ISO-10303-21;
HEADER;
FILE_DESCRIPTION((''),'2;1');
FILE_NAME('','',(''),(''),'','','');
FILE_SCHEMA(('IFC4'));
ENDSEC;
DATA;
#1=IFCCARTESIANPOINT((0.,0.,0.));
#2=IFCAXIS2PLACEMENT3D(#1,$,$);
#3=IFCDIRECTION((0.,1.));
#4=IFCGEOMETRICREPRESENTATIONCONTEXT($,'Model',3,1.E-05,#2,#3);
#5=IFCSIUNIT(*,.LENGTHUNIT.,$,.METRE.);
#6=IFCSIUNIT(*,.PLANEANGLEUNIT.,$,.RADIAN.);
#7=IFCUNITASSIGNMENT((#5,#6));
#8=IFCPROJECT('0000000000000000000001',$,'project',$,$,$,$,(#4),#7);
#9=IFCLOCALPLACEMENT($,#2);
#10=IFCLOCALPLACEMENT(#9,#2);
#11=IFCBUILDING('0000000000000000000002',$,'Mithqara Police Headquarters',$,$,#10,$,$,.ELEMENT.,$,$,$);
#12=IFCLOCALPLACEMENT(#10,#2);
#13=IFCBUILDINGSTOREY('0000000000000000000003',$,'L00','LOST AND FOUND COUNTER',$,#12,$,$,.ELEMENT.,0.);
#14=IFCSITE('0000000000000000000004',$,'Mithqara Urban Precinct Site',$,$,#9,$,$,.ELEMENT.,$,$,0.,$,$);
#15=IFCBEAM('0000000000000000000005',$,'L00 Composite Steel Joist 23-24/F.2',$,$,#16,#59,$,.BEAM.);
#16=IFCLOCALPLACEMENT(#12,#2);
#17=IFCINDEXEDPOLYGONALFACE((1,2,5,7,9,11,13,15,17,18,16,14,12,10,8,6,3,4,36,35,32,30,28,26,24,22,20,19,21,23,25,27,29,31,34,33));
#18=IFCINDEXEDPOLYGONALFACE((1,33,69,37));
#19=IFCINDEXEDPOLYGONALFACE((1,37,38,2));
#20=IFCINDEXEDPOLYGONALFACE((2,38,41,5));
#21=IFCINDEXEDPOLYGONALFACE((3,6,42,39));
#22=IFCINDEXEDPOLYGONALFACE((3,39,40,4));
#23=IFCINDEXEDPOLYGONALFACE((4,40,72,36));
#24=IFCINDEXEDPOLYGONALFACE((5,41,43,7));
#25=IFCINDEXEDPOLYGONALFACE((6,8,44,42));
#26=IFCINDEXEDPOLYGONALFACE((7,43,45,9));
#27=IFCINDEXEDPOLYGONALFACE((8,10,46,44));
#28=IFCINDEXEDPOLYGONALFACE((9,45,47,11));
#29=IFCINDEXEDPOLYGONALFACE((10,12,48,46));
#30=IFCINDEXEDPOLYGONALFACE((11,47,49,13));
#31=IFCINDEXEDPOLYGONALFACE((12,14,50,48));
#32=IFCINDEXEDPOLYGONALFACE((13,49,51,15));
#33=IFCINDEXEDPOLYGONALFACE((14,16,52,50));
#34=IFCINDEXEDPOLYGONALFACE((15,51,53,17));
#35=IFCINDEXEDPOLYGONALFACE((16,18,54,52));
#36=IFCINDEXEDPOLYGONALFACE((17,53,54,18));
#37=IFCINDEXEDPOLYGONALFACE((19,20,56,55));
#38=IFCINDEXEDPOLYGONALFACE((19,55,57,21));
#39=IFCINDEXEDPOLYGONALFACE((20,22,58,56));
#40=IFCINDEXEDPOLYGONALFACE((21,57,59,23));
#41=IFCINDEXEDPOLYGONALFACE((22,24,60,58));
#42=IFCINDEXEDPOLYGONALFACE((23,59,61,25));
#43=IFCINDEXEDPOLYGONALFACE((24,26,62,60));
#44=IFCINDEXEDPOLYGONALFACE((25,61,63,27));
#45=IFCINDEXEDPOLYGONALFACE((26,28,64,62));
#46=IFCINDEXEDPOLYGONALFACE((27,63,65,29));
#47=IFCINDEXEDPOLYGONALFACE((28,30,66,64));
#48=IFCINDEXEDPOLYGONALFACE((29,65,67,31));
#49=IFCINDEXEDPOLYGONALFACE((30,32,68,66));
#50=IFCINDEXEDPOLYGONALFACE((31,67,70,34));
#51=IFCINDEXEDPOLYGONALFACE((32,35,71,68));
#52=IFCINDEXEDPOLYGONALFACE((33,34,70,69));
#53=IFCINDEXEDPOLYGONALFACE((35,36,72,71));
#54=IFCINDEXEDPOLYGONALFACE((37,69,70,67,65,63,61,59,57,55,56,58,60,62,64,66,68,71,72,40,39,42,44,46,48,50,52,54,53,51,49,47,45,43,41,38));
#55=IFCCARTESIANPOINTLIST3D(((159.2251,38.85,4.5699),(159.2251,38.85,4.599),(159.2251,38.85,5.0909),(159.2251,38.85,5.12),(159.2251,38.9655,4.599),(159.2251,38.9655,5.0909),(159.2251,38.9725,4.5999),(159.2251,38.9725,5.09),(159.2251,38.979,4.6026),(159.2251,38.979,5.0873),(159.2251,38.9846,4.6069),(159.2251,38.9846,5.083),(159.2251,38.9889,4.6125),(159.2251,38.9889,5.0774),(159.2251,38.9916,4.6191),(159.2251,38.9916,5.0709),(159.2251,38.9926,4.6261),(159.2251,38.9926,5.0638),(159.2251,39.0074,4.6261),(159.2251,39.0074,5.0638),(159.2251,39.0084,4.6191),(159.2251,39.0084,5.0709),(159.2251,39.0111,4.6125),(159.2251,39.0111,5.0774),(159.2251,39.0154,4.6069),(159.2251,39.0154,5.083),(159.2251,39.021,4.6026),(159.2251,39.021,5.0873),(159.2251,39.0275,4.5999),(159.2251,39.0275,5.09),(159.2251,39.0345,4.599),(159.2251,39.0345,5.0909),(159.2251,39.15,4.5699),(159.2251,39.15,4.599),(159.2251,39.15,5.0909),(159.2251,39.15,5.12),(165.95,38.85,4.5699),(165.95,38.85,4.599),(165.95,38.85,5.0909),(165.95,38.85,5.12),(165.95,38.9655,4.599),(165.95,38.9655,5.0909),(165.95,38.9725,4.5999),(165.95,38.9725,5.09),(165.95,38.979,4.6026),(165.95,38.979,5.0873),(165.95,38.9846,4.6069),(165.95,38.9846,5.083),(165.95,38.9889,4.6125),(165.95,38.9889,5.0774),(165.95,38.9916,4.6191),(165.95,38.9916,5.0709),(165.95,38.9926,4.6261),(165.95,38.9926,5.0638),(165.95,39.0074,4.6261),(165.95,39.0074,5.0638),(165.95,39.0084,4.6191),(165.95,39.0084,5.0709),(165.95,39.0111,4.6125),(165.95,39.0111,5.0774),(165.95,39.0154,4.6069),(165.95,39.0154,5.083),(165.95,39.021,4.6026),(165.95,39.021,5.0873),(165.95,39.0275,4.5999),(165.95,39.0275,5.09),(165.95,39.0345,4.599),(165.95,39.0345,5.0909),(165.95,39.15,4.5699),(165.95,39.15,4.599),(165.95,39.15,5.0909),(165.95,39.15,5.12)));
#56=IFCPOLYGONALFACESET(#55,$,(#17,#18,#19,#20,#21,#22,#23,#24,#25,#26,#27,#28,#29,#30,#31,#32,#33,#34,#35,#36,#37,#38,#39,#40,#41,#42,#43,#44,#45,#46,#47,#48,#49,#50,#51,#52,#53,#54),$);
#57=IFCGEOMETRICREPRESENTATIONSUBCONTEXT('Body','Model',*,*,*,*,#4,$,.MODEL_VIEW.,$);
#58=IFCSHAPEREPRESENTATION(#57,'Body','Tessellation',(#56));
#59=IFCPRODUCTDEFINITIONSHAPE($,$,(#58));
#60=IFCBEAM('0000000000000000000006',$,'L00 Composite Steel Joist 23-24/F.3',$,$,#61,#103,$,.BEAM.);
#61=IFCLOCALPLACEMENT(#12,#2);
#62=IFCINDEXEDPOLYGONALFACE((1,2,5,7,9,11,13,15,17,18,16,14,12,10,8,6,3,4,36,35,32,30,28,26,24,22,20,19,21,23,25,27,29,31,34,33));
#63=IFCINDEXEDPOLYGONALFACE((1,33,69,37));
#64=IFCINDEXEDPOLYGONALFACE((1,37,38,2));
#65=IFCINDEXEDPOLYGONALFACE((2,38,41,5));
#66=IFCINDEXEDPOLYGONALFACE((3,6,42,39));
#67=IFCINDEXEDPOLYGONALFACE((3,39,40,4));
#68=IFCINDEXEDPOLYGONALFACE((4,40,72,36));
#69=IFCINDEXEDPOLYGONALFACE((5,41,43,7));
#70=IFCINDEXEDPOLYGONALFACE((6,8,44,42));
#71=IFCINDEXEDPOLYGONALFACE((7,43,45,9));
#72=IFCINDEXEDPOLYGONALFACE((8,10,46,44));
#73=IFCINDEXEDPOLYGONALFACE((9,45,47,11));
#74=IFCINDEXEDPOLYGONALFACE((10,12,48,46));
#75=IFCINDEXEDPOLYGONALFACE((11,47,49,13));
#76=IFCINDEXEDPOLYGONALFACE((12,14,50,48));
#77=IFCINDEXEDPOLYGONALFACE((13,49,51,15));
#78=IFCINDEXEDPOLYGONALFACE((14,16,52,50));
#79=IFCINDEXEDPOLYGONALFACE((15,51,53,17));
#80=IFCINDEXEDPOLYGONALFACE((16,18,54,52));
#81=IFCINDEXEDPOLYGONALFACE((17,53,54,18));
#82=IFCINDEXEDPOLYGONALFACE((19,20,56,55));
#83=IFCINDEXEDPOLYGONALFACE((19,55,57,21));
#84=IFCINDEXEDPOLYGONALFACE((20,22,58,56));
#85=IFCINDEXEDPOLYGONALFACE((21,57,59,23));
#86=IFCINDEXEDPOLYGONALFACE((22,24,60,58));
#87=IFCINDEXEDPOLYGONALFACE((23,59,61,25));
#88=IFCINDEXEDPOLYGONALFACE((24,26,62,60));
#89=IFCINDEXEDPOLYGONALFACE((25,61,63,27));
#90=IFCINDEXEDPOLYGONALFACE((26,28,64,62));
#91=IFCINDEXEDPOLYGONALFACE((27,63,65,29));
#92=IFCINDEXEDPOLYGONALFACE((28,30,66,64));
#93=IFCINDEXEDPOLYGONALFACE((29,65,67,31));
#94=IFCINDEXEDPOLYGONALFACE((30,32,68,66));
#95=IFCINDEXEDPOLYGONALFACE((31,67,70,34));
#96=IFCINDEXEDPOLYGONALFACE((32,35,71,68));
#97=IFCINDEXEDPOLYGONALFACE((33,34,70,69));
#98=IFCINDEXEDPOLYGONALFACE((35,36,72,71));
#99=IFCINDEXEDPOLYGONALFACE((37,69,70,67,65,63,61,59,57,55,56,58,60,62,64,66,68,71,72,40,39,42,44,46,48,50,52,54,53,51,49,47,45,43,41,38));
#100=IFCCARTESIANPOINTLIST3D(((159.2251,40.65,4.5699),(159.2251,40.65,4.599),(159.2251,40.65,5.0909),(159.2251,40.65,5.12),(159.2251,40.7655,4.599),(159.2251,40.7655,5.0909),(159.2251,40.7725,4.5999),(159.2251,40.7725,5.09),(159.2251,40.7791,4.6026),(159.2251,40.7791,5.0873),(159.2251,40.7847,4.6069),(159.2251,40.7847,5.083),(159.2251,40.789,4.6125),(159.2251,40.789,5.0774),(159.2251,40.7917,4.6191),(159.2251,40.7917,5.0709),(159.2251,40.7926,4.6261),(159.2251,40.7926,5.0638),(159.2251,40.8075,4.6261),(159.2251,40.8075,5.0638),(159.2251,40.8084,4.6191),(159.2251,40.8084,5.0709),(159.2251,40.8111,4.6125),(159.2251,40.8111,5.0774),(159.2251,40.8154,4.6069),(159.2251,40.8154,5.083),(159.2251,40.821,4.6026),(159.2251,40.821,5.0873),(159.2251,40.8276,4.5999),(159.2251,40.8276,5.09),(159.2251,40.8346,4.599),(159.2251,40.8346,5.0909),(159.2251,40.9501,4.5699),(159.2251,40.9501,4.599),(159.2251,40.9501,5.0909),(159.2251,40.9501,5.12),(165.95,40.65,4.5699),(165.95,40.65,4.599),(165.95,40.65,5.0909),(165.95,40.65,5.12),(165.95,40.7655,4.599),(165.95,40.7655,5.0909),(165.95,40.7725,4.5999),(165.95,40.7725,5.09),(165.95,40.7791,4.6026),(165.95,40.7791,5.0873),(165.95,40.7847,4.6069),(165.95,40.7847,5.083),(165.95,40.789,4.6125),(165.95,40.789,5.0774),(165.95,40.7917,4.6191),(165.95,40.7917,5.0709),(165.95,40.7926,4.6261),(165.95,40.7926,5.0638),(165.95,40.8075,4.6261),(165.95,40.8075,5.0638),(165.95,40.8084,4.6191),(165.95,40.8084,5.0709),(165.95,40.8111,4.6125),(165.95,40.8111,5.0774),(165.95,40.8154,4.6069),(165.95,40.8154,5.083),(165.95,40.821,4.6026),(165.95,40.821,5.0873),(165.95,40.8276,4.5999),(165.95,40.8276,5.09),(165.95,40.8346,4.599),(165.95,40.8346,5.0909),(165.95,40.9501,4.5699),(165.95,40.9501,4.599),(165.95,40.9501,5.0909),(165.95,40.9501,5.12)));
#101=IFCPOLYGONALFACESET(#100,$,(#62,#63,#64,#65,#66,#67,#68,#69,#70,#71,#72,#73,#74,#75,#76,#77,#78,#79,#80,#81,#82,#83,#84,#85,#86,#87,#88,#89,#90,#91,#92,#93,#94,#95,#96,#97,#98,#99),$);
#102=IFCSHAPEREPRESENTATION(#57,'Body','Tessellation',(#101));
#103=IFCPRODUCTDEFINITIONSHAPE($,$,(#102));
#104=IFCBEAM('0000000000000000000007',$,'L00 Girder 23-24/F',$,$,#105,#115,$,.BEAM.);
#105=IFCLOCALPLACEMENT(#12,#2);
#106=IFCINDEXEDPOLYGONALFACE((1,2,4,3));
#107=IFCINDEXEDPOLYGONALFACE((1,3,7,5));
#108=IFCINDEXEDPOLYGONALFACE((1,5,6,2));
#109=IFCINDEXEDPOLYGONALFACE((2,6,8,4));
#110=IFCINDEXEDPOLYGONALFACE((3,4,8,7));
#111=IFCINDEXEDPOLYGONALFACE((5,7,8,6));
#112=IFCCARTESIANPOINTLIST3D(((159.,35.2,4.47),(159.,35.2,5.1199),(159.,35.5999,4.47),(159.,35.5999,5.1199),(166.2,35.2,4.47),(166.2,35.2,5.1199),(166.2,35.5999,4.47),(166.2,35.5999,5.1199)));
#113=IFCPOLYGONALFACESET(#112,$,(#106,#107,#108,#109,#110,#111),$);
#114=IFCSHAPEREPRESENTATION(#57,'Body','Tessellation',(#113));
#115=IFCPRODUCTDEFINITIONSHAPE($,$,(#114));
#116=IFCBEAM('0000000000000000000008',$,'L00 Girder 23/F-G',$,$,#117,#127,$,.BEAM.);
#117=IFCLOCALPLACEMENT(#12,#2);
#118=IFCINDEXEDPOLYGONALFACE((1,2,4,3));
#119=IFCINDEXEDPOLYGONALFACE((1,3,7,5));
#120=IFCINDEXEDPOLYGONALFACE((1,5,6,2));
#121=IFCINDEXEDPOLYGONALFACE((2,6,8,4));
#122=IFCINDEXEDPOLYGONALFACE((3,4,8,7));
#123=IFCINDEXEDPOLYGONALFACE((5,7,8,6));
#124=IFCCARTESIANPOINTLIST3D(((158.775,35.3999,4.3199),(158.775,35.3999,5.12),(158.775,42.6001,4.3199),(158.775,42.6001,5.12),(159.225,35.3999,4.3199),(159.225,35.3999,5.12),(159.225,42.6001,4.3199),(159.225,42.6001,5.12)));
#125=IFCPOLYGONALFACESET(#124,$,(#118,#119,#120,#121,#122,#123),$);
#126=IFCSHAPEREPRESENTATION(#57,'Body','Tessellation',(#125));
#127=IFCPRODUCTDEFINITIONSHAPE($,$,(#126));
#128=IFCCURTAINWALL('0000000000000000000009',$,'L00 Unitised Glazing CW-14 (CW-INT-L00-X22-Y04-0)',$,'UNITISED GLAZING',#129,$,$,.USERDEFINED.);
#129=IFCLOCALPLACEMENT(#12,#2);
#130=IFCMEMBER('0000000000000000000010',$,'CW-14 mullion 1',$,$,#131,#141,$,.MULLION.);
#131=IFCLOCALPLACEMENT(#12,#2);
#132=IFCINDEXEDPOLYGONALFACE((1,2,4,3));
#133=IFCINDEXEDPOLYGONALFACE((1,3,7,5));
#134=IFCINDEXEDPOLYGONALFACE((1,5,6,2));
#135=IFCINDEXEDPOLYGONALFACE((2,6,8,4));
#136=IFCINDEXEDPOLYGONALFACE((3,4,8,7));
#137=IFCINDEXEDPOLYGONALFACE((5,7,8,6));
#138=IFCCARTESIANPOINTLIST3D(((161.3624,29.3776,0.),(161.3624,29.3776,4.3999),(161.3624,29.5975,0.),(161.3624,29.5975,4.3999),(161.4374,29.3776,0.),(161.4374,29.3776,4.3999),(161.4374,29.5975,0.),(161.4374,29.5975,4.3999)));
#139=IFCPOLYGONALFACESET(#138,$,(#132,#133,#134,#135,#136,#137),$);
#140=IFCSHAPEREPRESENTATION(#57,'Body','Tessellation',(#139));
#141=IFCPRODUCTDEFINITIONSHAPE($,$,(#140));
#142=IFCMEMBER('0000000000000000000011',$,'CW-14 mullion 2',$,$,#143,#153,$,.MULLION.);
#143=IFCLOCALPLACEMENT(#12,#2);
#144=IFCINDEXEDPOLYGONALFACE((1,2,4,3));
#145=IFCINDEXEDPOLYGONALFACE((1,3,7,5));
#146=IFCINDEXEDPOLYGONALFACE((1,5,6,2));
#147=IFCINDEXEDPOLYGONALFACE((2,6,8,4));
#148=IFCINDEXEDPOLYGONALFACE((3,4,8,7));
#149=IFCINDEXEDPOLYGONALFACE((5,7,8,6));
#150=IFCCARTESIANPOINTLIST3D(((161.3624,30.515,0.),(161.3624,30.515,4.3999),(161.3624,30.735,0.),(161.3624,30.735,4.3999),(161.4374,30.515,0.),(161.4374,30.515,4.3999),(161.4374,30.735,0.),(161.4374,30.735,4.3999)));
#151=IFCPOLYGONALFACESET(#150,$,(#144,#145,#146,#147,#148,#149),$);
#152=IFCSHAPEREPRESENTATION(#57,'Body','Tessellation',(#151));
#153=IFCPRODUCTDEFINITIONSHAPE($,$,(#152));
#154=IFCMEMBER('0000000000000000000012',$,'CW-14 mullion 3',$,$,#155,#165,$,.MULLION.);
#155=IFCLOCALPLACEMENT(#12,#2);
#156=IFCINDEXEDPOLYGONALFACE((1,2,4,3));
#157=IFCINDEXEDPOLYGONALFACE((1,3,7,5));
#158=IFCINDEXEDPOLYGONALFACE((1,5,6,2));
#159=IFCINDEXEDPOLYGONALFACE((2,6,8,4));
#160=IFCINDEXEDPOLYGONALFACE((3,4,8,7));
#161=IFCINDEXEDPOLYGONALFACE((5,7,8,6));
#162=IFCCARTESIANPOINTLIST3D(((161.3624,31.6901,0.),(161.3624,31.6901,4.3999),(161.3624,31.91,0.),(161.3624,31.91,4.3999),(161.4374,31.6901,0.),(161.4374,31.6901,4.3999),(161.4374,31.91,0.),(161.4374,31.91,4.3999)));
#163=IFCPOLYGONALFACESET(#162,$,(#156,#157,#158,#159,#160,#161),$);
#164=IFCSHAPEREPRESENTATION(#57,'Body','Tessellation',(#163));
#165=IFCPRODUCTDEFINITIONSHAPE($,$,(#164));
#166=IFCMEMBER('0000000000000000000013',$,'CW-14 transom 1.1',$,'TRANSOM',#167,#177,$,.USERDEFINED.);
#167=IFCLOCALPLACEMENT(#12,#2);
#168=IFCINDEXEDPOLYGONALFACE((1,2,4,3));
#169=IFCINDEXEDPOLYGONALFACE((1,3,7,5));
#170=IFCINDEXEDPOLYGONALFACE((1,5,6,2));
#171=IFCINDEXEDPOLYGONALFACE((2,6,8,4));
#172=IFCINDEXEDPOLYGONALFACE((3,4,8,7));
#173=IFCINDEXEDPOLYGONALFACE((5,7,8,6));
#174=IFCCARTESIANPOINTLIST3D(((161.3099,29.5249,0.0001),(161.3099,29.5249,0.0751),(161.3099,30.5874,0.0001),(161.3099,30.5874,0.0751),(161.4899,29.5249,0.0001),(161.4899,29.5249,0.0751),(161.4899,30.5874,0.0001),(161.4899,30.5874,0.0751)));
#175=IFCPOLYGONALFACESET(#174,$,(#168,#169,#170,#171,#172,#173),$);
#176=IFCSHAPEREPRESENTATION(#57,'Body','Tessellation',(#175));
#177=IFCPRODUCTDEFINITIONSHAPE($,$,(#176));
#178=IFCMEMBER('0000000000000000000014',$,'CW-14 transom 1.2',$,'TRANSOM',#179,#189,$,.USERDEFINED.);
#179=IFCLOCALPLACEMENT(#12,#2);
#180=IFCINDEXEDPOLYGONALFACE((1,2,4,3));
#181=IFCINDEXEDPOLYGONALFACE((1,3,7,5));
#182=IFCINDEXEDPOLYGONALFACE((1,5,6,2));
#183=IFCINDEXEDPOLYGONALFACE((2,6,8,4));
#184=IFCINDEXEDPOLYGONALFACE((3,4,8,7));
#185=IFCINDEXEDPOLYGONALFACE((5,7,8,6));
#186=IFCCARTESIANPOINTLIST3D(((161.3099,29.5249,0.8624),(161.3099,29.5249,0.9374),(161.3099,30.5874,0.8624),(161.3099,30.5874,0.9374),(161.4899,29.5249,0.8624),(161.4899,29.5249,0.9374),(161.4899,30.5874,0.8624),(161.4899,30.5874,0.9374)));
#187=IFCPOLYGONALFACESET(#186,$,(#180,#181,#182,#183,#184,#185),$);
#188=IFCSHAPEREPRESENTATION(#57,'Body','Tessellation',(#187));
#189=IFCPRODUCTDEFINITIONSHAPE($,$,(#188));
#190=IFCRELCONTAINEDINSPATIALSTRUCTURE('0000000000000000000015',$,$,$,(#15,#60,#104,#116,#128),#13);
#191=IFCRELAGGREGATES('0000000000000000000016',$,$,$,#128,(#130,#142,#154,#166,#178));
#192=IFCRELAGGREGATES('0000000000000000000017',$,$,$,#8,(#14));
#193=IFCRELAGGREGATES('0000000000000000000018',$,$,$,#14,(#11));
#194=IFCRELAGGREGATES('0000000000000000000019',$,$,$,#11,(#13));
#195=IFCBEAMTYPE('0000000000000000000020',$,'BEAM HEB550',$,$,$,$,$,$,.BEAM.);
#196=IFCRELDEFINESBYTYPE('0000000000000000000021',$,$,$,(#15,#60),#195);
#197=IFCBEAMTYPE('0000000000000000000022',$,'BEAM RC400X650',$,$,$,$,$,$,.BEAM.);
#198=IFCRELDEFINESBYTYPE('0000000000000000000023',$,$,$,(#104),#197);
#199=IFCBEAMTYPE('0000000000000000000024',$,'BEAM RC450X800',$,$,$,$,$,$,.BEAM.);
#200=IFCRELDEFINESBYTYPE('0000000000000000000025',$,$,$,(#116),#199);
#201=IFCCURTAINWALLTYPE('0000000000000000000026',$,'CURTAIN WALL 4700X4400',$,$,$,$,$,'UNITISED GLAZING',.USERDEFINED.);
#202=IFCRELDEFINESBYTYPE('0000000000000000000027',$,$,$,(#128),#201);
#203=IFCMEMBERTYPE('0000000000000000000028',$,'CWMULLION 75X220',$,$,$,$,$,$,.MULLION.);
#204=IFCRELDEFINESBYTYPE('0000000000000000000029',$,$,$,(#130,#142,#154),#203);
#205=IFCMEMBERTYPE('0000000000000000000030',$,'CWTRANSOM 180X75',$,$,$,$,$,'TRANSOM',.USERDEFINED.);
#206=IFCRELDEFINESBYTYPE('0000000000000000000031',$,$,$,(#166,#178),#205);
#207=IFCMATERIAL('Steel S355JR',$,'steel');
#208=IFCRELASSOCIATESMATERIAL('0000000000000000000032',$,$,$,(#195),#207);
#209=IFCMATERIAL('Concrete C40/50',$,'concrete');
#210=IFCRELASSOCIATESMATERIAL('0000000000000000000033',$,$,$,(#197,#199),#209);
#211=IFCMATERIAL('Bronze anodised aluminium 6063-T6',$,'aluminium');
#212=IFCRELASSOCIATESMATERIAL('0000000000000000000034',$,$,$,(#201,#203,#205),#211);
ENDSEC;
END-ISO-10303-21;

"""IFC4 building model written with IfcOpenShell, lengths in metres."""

from ifc_helpers import new_model, si_unit, direction, frame, origin, origin_2d, place, context, subcontext, project, spatial, rectangle, i_section, extrude, material, material_profile, profile_set, type_object, element, aggregate, save


model = new_model("IFC4")

# Units and contexts
model_context = context("Model", 3, precision=1e-05, world=origin(), true_north=direction((0.0, 1.0)))
body_context = subcontext(model_context, "Body", "Model", "MODEL_VIEW")
ifc_project = project(units=[si_unit("LENGTHUNIT", "METRE"), si_unit("PLANEANGLEUNIT", "RADIAN")], contexts=[model_context])

# Site, building, storey
site_placement = place(None, origin())
site = spatial("IfcSite", under=ifc_project, at=site_placement, Name="Mithqara Urban Precinct Site", CompositionType="ELEMENT", RefElevation=0.0)
building_placement = place(site_placement, origin())
building = spatial("IfcBuilding", under=site, at=building_placement, Name="Mithqara Police Headquarters", CompositionType="ELEMENT")
storey_placement = place(building_placement, origin())
storey = spatial("IfcBuildingStorey", under=building, at=storey_placement, Name="L00", Description="LOST AND FOUND COUNTER", CompositionType="ELEMENT", Elevation=0.0)

# Beams
ifc_material_1 = material(Name="Steel S355JR", Category="steel")
ifc_material_profile_1 = material_profile(ifc_material_1, i_section(OverallWidth=0.3, OverallDepth=0.55, WebThickness=0.0149, FlangeThickness=0.0291, FilletRadius=0.0271, at=origin_2d()), Name="HEB 550")
ifc_profile_set_1 = profile_set([ifc_material_profile_1], Name="Steel S355JR")
beam_type_1 = type_object("IfcBeamType", Name="BEAM HEB550", PredefinedType="BEAM", material=ifc_profile_set_1)
for number, where, z_axis, x_axis, name in (
    (1, (159.2251, 39.0, 4.845), (1.0, 0.0, 0.0), (0.0, 1.0, 0.0), "L00 Composite Steel Joist 23-24/F.2"),
    (2, (159.2251, 40.8, 4.845), (1.0, 0.0, 0.0), (0.0, 1.0, 0.0), "L00 Composite Steel Joist 23-24/F.3"),
):
    element("IfcBeam", number, at=place(storey_placement, frame(where, z_axis=z_axis, x_axis=x_axis)), inside=storey, type_object=beam_type_1, Name=name, PredefinedType="BEAM", context=body_context, shape_type="SweptSolid", body=[
        extrude(i_section(OverallWidth=0.3, OverallDepth=0.55, WebThickness=0.0149, FlangeThickness=0.0291, FilletRadius=0.0271, at=origin_2d()), origin(), (0.0, 0.0, 1.0), 6.7249),
    ])
ifc_material_2 = material(Name="Concrete C40/50", Category="concrete")
ifc_material_profile_2 = material_profile(ifc_material_2, rectangle(XDim=0.3999, YDim=0.6499, at=origin_2d()), Name="RC 400x650")
ifc_profile_set_2 = profile_set([ifc_material_profile_2], Name="Concrete C40/50")
beam_type_2 = type_object("IfcBeamType", Name="BEAM RC400X650", PredefinedType="BEAM", material=ifc_profile_set_2)
beam_1_placement = place(storey_placement, frame((159.0, 35.3999, 4.7949), z_axis=(1.0, 0.0, 0.0), x_axis=(0.0, 1.0, 0.0)))
element("IfcBeam", 3, at=beam_1_placement, inside=storey, type_object=beam_type_2, Name="L00 Girder 23-24/F", PredefinedType="BEAM", context=body_context, shape_type="SweptSolid", body=[
    extrude(rectangle(XDim=0.3999, YDim=0.6499, at=origin_2d()), origin(), (0.0, 0.0, 1.0), 7.2),
])
ifc_material_profile_3 = material_profile(ifc_material_2, rectangle(XDim=0.45, YDim=0.8, at=origin_2d()), Name="RC 450x800")
ifc_profile_set_3 = profile_set([ifc_material_profile_3], Name="Concrete C40/50")
beam_type_3 = type_object("IfcBeamType", Name="BEAM RC450X800", PredefinedType="BEAM", material=ifc_profile_set_3)
beam_2_placement = place(storey_placement, frame((159.0, 35.3999, 4.72), z_axis=(0.0, 1.0, 0.0), x_axis=(-1.0, 0.0, 0.0)))
element("IfcBeam", 4, at=beam_2_placement, inside=storey, type_object=beam_type_3, Name="L00 Girder 23/F-G", PredefinedType="BEAM", context=body_context, shape_type="SweptSolid", body=[
    extrude(rectangle(XDim=0.45, YDim=0.8, at=origin_2d()), origin(), (0.0, 0.0, 1.0), 7.2002),
])

# Curtain wall, members
ifc_material_3 = material(Name="Bronze anodised aluminium 6063-T6", Category="aluminium")
curtain_wall_type = type_object("IfcCurtainWallType", Name="CURTAIN WALL 4700X4400", ElementType="UNITISED GLAZING", PredefinedType="USERDEFINED", material=ifc_material_3)
curtain_wall_placement = place(storey_placement, origin())
curtain_wall = element("IfcCurtainWall", 5, at=curtain_wall_placement, inside=storey, type_object=curtain_wall_type, Name="L00 Unitised Glazing CW-14 (CW-INT-L00-X22-Y04-0)", ObjectType="UNITISED GLAZING", PredefinedType="USERDEFINED")
ifc_material_profile_4 = material_profile(ifc_material_3, rectangle(XDim=0.075, YDim=0.22, at=origin_2d()), Name="CWM 75x220")
ifc_profile_set_4 = profile_set([ifc_material_profile_4], Name="Bronze anodised aluminium 6063-T6")
member_type_1 = type_object("IfcMemberType", Name="CWMULLION 75X220", PredefinedType="MULLION", material=ifc_profile_set_4)
member_1_placement = place(storey_placement, frame((161.3999, 29.4875, 0.0), z_axis=(0.0, 0.0, 1.0), x_axis=(-1.0, 0.0, 0.0)))
member_1 = element("IfcMember", 6, at=member_1_placement, type_object=member_type_1, Name="CW-14 mullion 1", PredefinedType="MULLION", context=body_context, shape_type="SweptSolid", body=[
    extrude(rectangle(XDim=0.075, YDim=0.22, at=origin_2d()), origin(), (0.0, 0.0, 1.0), 4.3999),
])
member_2_placement = place(storey_placement, frame((161.3999, 30.625, 0.0), z_axis=(0.0, 0.0, 1.0), x_axis=(-1.0, 0.0, 0.0)))
member_2 = element("IfcMember", 7, at=member_2_placement, type_object=member_type_1, Name="CW-14 mullion 2", PredefinedType="MULLION", context=body_context, shape_type="SweptSolid", body=[
    extrude(rectangle(XDim=0.075, YDim=0.22, at=origin_2d()), origin(), (0.0, 0.0, 1.0), 4.3999),
])
member_3_placement = place(storey_placement, frame((161.3999, 31.8, 0.0), z_axis=(0.0, 0.0, 1.0), x_axis=(-1.0, 0.0, 0.0)))
member_3 = element("IfcMember", 8, at=member_3_placement, type_object=member_type_1, Name="CW-14 mullion 3", PredefinedType="MULLION", context=body_context, shape_type="SweptSolid", body=[
    extrude(rectangle(XDim=0.075, YDim=0.22, at=origin_2d()), origin(), (0.0, 0.0, 1.0), 4.3999),
])
ifc_material_profile_5 = material_profile(ifc_material_3, rectangle(XDim=0.1799, YDim=0.075, at=origin_2d()), Name="CWT 180x75")
ifc_profile_set_5 = profile_set([ifc_material_profile_5], Name="Bronze anodised aluminium 6063-T6")
member_type_2 = type_object("IfcMemberType", Name="CWTRANSOM 180X75", ElementType="TRANSOM", PredefinedType="USERDEFINED", material=ifc_profile_set_5)
member_4_placement = place(storey_placement, frame((161.3999, 29.5249, 0.0376), z_axis=(0.0, 1.0, 0.0), x_axis=(-1.0, 0.0, 0.0)))
member_4 = element("IfcMember", 9, at=member_4_placement, type_object=member_type_2, Name="CW-14 transom 1.1", ObjectType="TRANSOM", PredefinedType="USERDEFINED", context=body_context, shape_type="SweptSolid", body=[
    extrude(rectangle(XDim=0.1799, YDim=0.075, at=origin_2d()), origin(), (0.0, 0.0, 1.0), 1.0625),
])
member_5_placement = place(storey_placement, frame((161.3999, 29.5249, 0.8999), z_axis=(0.0, 1.0, 0.0), x_axis=(-1.0, 0.0, 0.0)))
member_5 = element("IfcMember", 10, at=member_5_placement, type_object=member_type_2, Name="CW-14 transom 1.2", ObjectType="TRANSOM", PredefinedType="USERDEFINED", context=body_context, shape_type="SweptSolid", body=[
    extrude(rectangle(XDim=0.1799, YDim=0.075, at=origin_2d()), origin(), (0.0, 0.0, 1.0), 1.0625),
])
aggregate(curtain_wall, [member_1, member_2, member_3, member_4, member_5])

save(model, "model.ifc")
